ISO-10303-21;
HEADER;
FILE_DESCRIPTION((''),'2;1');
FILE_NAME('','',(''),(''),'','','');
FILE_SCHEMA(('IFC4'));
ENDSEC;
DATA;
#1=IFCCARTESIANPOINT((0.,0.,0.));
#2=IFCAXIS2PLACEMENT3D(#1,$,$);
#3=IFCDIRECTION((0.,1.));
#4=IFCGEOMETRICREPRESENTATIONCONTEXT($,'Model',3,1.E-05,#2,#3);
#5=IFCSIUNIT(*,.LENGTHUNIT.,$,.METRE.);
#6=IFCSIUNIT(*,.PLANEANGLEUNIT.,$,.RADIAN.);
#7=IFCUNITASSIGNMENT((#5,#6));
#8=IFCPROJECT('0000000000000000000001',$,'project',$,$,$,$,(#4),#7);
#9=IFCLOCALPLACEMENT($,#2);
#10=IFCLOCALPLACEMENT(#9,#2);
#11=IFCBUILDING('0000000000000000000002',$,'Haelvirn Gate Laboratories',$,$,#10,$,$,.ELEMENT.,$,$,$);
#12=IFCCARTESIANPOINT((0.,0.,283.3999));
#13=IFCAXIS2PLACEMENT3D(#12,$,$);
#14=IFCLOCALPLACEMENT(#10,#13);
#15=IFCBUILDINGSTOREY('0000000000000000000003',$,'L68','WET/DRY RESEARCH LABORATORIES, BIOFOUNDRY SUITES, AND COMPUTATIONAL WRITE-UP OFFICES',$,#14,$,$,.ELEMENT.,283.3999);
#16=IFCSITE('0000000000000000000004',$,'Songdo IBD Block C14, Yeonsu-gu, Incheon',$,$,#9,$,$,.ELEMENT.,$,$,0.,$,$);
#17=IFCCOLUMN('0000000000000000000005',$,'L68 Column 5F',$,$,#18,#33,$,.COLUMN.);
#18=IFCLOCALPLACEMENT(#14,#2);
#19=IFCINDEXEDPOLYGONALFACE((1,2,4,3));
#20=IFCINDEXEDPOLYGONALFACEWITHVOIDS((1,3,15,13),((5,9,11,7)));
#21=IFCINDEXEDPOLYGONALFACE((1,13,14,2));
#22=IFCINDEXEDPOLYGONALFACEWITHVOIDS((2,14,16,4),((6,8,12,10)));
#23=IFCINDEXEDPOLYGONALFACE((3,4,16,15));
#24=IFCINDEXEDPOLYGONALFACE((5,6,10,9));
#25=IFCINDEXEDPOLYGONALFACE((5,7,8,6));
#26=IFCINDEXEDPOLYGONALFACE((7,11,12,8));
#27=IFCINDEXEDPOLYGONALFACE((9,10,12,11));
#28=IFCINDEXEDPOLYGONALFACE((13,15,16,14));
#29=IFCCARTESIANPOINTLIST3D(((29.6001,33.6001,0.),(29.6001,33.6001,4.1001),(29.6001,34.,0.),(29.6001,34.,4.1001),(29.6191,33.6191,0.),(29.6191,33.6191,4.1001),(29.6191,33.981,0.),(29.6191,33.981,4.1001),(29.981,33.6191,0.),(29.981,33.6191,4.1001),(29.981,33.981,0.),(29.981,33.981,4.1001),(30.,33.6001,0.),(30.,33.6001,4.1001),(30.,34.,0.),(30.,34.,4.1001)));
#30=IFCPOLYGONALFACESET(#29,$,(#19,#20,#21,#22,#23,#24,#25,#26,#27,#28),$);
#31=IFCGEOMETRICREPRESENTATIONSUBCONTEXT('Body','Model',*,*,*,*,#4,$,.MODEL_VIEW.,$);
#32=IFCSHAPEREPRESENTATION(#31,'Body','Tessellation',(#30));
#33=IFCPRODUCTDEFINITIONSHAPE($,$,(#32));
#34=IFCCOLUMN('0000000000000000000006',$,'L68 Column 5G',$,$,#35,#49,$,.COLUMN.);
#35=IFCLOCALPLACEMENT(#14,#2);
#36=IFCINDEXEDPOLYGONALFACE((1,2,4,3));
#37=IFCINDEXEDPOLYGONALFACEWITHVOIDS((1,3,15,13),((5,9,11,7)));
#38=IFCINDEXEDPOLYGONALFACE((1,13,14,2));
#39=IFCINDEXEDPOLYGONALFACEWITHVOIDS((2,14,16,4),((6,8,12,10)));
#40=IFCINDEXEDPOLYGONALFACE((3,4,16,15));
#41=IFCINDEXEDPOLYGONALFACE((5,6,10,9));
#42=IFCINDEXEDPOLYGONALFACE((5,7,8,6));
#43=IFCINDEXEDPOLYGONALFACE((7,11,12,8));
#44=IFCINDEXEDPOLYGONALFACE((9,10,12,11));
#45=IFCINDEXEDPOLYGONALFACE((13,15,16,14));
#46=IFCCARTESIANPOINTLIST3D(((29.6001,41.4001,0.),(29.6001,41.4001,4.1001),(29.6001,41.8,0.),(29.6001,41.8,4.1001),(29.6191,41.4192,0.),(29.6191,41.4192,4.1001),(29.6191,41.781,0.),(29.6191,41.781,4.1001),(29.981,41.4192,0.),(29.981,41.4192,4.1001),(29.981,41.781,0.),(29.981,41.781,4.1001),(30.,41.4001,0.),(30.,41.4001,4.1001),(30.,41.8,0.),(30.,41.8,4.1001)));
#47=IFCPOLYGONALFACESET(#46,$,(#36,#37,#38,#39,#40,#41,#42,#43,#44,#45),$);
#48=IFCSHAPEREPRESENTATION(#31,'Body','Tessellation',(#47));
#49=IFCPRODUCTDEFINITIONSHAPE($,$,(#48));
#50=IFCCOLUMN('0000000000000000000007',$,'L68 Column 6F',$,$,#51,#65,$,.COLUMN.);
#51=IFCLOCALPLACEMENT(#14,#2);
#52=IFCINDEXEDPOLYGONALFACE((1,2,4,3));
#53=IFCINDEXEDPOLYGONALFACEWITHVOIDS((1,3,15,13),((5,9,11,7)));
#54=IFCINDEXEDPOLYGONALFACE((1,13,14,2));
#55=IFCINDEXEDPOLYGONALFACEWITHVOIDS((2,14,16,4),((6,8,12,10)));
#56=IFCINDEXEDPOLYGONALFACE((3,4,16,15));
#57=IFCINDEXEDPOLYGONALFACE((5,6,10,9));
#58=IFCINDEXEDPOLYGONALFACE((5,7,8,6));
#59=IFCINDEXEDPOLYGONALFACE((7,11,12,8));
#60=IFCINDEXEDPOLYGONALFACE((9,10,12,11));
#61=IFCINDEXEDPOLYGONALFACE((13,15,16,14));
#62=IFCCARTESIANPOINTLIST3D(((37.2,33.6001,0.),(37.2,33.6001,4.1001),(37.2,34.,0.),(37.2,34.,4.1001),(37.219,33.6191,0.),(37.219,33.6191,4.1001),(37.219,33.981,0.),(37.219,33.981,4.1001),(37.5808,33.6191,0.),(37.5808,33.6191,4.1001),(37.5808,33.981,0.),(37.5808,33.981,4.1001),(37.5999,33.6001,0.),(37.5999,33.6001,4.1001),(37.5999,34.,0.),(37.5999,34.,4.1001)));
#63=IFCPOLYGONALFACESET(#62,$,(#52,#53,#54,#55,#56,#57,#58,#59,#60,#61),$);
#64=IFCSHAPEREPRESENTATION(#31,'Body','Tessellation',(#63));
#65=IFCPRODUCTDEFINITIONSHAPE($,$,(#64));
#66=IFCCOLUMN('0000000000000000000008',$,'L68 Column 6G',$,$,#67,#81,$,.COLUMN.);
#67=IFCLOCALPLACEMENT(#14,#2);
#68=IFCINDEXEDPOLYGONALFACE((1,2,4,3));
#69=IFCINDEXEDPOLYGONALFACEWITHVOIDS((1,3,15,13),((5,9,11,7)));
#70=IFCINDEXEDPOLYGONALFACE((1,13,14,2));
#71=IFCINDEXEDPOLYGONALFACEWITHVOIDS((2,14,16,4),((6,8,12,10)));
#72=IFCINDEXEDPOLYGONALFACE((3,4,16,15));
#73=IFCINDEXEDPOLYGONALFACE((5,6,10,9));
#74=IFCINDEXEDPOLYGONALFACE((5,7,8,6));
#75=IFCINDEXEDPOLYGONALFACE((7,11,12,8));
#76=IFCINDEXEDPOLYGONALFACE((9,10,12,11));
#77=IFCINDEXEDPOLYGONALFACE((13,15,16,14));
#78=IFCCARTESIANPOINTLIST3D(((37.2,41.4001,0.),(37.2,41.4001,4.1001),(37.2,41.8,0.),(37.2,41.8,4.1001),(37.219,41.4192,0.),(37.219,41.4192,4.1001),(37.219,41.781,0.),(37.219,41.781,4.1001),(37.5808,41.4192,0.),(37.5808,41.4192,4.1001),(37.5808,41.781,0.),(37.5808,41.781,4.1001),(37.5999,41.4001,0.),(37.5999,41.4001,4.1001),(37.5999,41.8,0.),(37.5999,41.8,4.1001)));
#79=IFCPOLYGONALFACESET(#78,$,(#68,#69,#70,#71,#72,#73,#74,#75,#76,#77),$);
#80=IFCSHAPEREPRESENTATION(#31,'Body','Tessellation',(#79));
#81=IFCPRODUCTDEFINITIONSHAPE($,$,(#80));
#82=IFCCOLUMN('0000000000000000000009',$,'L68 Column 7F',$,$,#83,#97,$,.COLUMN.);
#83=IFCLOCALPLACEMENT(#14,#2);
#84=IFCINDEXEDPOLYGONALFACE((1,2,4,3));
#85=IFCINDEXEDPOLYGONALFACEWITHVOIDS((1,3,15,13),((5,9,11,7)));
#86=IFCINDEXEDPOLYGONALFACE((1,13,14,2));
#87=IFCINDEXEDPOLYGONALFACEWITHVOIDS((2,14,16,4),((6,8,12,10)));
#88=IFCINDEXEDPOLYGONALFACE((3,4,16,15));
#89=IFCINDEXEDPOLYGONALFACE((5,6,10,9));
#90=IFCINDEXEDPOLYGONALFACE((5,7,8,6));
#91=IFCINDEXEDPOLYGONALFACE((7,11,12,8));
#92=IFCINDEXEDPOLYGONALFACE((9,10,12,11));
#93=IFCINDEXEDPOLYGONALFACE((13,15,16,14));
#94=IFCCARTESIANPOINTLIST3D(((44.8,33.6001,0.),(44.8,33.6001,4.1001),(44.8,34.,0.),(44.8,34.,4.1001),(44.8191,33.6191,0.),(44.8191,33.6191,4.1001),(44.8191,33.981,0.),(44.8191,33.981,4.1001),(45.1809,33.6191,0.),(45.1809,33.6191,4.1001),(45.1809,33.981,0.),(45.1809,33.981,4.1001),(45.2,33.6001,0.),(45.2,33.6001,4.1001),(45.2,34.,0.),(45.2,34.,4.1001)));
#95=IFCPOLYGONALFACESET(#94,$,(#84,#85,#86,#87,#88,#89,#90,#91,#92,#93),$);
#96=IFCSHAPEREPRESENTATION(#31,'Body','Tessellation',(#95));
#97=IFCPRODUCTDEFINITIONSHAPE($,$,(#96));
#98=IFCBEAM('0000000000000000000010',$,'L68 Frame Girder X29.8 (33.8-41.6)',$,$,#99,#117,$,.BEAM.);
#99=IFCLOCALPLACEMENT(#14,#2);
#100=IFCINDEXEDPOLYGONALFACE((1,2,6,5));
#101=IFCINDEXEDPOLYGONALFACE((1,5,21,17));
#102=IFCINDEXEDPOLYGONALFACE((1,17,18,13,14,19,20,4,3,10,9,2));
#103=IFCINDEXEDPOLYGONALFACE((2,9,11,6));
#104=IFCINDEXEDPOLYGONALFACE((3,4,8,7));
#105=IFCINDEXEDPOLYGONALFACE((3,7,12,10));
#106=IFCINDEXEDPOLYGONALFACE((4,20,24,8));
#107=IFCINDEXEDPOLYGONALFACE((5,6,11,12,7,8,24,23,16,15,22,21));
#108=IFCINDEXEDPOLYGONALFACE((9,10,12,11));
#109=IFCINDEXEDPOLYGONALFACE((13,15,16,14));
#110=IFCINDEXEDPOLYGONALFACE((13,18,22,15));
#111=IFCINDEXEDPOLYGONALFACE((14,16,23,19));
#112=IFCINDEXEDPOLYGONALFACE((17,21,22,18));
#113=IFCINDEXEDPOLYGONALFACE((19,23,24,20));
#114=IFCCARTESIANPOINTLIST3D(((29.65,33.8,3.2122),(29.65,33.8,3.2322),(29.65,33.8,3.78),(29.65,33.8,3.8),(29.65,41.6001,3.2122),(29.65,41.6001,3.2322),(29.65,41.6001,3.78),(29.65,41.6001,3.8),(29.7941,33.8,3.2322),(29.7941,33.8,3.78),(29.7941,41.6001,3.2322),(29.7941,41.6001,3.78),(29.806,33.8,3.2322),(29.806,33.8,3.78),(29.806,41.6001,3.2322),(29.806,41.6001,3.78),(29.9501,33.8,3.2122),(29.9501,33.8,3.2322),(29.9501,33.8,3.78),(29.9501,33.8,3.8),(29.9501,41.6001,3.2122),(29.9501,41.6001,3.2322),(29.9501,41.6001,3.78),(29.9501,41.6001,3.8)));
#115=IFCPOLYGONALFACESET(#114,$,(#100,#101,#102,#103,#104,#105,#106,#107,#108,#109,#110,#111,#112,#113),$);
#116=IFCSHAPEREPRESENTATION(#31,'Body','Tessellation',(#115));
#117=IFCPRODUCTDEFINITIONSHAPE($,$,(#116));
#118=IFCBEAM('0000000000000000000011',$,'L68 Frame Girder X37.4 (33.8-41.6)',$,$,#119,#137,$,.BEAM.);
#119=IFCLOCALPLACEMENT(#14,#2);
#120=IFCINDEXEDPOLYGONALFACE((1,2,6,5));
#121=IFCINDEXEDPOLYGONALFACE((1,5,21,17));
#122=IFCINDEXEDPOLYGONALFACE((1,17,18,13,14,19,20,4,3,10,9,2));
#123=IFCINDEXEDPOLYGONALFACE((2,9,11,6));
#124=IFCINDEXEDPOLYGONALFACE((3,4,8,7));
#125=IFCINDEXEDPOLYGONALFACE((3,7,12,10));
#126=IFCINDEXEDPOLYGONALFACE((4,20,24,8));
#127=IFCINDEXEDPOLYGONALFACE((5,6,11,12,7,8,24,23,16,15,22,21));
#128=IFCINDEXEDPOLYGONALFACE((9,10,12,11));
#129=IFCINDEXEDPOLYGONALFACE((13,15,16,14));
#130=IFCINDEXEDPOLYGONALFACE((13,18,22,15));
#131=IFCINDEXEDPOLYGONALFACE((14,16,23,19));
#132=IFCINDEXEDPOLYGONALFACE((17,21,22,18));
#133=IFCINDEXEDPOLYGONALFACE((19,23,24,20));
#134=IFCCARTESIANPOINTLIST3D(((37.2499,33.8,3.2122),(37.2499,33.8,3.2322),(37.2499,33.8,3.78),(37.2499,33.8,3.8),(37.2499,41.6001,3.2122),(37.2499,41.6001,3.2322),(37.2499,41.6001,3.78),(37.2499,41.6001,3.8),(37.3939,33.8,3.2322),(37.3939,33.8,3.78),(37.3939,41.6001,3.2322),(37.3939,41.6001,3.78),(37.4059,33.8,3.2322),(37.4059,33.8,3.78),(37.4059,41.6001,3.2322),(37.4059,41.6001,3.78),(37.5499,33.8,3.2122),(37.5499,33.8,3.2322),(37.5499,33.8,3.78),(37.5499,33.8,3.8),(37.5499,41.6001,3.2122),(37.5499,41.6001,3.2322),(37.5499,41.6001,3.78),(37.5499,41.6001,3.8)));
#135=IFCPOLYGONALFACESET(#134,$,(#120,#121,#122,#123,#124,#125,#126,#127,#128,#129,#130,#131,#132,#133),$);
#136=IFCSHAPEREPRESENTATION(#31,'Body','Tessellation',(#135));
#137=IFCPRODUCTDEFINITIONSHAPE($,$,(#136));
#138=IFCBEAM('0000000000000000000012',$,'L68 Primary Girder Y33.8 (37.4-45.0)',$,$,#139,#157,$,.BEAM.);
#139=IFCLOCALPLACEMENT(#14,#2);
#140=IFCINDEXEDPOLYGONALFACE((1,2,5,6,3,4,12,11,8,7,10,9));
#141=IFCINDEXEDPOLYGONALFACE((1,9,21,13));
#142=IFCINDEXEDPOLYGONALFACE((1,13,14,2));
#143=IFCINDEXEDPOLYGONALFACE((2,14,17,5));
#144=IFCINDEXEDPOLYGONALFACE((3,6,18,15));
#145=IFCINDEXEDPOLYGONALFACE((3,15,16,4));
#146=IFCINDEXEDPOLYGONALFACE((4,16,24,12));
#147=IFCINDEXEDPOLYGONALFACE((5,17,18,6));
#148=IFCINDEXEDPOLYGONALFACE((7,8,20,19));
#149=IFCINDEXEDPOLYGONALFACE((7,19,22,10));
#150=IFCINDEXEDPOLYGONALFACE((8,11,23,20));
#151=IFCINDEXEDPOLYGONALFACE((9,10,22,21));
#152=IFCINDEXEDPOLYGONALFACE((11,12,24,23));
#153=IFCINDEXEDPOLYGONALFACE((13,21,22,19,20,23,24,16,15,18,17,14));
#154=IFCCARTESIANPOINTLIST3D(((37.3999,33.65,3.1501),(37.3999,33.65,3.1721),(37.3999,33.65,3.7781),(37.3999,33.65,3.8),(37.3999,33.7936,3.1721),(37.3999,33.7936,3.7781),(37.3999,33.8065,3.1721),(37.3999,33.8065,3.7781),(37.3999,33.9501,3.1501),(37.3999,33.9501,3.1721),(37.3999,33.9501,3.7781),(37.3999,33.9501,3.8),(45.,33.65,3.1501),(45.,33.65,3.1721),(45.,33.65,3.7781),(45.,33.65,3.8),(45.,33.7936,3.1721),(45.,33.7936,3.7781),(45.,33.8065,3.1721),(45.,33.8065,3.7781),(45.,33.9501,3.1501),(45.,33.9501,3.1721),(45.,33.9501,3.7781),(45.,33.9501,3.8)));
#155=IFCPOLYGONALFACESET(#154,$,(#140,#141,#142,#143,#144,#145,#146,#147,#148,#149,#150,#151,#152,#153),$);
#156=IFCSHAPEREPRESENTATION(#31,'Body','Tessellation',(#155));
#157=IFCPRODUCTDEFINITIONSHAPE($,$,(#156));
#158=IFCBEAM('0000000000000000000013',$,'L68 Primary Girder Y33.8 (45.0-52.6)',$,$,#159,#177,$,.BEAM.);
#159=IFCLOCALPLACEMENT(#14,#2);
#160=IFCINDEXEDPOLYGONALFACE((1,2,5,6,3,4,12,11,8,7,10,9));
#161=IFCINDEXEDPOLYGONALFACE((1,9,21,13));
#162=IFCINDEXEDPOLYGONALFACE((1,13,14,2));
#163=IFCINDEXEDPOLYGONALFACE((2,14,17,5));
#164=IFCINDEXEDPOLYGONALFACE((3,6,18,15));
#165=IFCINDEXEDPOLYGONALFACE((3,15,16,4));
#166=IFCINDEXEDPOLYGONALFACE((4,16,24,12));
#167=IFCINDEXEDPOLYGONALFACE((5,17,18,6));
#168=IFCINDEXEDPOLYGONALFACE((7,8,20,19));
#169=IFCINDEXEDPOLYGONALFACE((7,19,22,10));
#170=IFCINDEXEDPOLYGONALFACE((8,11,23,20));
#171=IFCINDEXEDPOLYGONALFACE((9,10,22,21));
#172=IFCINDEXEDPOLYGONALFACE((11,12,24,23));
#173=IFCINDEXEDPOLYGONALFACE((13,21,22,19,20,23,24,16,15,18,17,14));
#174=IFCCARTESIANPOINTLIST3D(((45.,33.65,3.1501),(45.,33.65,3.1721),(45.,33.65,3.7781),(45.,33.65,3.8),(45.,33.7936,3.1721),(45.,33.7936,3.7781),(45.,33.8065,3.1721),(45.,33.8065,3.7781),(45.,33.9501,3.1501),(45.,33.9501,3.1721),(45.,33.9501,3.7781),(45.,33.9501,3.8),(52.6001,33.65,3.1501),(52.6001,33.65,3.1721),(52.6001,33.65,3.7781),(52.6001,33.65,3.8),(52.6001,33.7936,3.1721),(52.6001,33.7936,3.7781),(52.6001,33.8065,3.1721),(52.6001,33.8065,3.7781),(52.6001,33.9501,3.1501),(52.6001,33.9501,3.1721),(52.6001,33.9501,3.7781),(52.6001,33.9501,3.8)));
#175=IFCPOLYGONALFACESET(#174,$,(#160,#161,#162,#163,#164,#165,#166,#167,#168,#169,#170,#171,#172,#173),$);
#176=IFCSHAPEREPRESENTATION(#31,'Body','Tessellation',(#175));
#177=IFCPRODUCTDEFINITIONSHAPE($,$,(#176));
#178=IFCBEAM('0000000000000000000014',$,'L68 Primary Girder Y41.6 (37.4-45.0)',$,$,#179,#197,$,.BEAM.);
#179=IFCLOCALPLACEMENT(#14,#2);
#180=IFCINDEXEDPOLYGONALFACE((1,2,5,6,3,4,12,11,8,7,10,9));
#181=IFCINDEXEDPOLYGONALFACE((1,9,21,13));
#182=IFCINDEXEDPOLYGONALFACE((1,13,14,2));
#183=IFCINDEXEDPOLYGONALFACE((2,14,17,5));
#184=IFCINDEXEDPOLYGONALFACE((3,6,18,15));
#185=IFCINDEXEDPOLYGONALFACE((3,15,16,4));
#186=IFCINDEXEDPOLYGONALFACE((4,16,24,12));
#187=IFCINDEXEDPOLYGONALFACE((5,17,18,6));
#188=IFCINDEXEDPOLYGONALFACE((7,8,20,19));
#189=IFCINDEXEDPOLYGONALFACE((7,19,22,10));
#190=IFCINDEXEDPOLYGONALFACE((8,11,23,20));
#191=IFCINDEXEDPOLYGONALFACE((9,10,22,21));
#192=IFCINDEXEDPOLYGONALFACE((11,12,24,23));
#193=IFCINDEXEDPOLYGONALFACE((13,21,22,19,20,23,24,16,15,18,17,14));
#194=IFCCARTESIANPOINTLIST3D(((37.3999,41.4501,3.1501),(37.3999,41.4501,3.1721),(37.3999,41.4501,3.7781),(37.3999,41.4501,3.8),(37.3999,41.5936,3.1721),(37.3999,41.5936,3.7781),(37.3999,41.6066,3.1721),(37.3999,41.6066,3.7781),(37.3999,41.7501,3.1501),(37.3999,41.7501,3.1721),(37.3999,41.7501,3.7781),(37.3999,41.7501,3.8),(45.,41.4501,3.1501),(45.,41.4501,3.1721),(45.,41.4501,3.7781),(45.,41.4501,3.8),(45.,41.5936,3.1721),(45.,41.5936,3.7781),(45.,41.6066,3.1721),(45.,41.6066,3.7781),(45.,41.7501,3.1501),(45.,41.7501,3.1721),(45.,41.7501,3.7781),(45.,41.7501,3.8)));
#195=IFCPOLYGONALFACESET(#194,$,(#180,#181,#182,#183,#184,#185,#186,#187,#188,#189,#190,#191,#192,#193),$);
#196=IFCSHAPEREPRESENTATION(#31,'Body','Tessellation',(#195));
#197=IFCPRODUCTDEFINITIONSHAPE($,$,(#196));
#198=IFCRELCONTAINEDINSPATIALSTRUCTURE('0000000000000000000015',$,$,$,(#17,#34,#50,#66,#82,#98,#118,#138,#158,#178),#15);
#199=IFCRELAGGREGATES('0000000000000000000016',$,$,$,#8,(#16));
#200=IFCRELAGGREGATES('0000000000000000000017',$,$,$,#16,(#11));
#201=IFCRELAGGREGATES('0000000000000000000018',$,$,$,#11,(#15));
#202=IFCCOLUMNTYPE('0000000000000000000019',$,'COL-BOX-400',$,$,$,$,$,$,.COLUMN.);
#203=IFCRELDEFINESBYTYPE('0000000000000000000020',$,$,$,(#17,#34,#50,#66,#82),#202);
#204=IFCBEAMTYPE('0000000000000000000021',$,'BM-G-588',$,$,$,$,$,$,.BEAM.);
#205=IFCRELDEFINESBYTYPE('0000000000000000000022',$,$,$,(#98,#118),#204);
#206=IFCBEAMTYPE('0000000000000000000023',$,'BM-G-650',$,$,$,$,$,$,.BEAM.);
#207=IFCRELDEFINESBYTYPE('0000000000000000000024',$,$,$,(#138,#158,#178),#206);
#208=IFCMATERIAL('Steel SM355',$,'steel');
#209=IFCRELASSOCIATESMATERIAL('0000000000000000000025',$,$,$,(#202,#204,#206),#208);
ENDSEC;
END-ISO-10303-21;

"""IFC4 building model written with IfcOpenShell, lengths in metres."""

from ifc_helpers import new_model, si_unit, direction, frame, origin, origin_2d, place, context, subcontext, project, spatial, hollow_rectangle, i_section, extrude, source, transform, mapped, material, material_profile, profile_set, type_object, type_shapes, element, save


model = new_model("IFC4")

# Units and contexts
model_context = context("Model", 3, precision=1e-05, world=origin(), true_north=direction((0.0, 1.0)))
body_context = subcontext(model_context, "Body", "Model", "MODEL_VIEW")
ifc_project = project(units=[si_unit("LENGTHUNIT", "METRE"), si_unit("PLANEANGLEUNIT", "RADIAN")], contexts=[model_context])

# Site, building, storey
site_placement = place(None, origin())
site = spatial("IfcSite", under=ifc_project, at=site_placement, Name="Songdo IBD Block C14, Yeonsu-gu, Incheon", CompositionType="ELEMENT", RefElevation=0.0)
building_placement = place(site_placement, origin())
building = spatial("IfcBuilding", under=site, at=building_placement, Name="Haelvirn Gate Laboratories", CompositionType="ELEMENT")
storey_placement = place(building_placement, frame((0.0, 0.0, 283.3999)))
storey = spatial("IfcBuildingStorey", under=building, at=storey_placement, Name="L68", Description="WET/DRY RESEARCH LABORATORIES, BIOFOUNDRY SUITES, AND COMPUTATIONAL WRITE-UP OFFICES", CompositionType="ELEMENT", Elevation=283.3999)

# Columns
ifc_material_1 = material(Name="Steel SM355", Category="steel")
ifc_material_profile_1 = material_profile(ifc_material_1, hollow_rectangle(XDim=0.3999, YDim=0.3999, WallThickness=0.019, at=origin_2d()), Name="BOX-400x400x19")
ifc_profile_set_1 = profile_set([ifc_material_profile_1], Name="Steel SM355")
column_type = type_object("IfcColumnType", Name="COL-BOX-400", PredefinedType="COLUMN", material=ifc_profile_set_1)
shared_shape_1 = source(origin(), body_context, "Body", "SweptSolid", [
    extrude(hollow_rectangle(XDim=0.3999, YDim=0.3999, WallThickness=0.019, at=origin_2d()), origin(), (0.0, 0.0, 1.0), 4.1001),
])
type_shapes(column_type, [shared_shape_1])
for number, where, z_axis, x_axis, name in (
    (1, (29.8, 33.8, 0.0), (0.0, 0.0, 1.0), (1.0, 0.0, 0.0), "L68 Column 5F"),
    (2, (29.8, 41.6001, 0.0), (0.0, 0.0, 1.0), (1.0, 0.0, 0.0), "L68 Column 5G"),
    (3, (37.3999, 33.8, 0.0), (0.0, 0.0, 1.0), (1.0, 0.0, 0.0), "L68 Column 6F"),
    (4, (37.3999, 41.6001, 0.0), (0.0, 0.0, 1.0), (1.0, 0.0, 0.0), "L68 Column 6G"),
    (5, (45.0, 33.8, 0.0), (0.0, 0.0, 1.0), (1.0, 0.0, 0.0), "L68 Column 7F"),
):
    element("IfcColumn", number, at=place(storey_placement, frame(where, z_axis=z_axis, x_axis=x_axis)), inside=storey, type_object=column_type, Name=name, PredefinedType="COLUMN", context=body_context, shape_type="MappedRepresentation", body=[
        mapped(shared_shape_1, transform((0.0, 0.0, 0.0), scale=1.0)),
    ])

# Beams
ifc_material_profile_2 = material_profile(ifc_material_1, i_section(OverallWidth=0.3, OverallDepth=0.5879, WebThickness=0.012, FlangeThickness=0.02, at=origin_2d()), Name="H-588x300x12x20")
ifc_profile_set_2 = profile_set([ifc_material_profile_2], Name="Steel SM355")
beam_type_1 = type_object("IfcBeamType", Name="BM-G-588", PredefinedType="BEAM", material=ifc_profile_set_2)
shared_shape_2 = source(origin(), body_context, "Body", "SweptSolid", [
    extrude(i_section(OverallWidth=0.3, OverallDepth=0.5879, WebThickness=0.012, FlangeThickness=0.02, at=origin_2d()), origin(), (0.0, 0.0, 1.0), 7.8),
])
type_shapes(beam_type_1, [shared_shape_2])
for number, where, z_axis, x_axis, name in (
    (6, (29.8, 33.8, 3.5061), (0.0, 1.0, 0.0), (-1.0, 0.0, 0.0), "L68 Frame Girder X29.8 (33.8-41.6)"),
    (7, (37.3999, 33.8, 3.5061), (0.0, 1.0, 0.0), (-1.0, 0.0, 0.0), "L68 Frame Girder X37.4 (33.8-41.6)"),
):
    element("IfcBeam", number, at=place(storey_placement, frame(where, z_axis=z_axis, x_axis=x_axis)), inside=storey, type_object=beam_type_1, Name=name, PredefinedType="BEAM", context=body_context, shape_type="MappedRepresentation", body=[
        mapped(shared_shape_2, transform((0.0, 0.0, 0.0), scale=1.0)),
    ])
ifc_material_profile_3 = material_profile(ifc_material_1, i_section(OverallWidth=0.3, OverallDepth=0.6499, WebThickness=0.0129, FlangeThickness=0.022, at=origin_2d()), Name="H-650x300x13x22")
ifc_profile_set_3 = profile_set([ifc_material_profile_3], Name="Steel SM355")
beam_type_2 = type_object("IfcBeamType", Name="BM-G-650", PredefinedType="BEAM", material=ifc_profile_set_3)
shared_shape_3 = source(origin(), body_context, "Body", "SweptSolid", [
    extrude(i_section(OverallWidth=0.3, OverallDepth=0.6499, WebThickness=0.0129, FlangeThickness=0.022, at=origin_2d()), origin(), (0.0, 0.0, 1.0), 7.6001),
])
for number, where, z_axis, x_axis, name in (
    (8, (37.3999, 33.8, 3.4751), (1.0, 0.0, 0.0), (0.0, 1.0, 0.0), "L68 Primary Girder Y33.8 (37.4-45.0)"),
    (9, (45.0, 33.8, 3.4751), (1.0, 0.0, 0.0), (0.0, 1.0, 0.0), "L68 Primary Girder Y33.8 (45.0-52.6)"),
    (10, (37.3999, 41.6001, 3.4751), (1.0, 0.0, 0.0), (0.0, 1.0, 0.0), "L68 Primary Girder Y41.6 (37.4-45.0)"),
):
    element("IfcBeam", number, at=place(storey_placement, frame(where, z_axis=z_axis, x_axis=x_axis)), inside=storey, type_object=beam_type_2, Name=name, PredefinedType="BEAM", context=body_context, shape_type="MappedRepresentation", body=[
        mapped(shared_shape_3, transform((0.0, 0.0, 0.0), scale=1.0)),
    ])

save(model, "model.ifc")
